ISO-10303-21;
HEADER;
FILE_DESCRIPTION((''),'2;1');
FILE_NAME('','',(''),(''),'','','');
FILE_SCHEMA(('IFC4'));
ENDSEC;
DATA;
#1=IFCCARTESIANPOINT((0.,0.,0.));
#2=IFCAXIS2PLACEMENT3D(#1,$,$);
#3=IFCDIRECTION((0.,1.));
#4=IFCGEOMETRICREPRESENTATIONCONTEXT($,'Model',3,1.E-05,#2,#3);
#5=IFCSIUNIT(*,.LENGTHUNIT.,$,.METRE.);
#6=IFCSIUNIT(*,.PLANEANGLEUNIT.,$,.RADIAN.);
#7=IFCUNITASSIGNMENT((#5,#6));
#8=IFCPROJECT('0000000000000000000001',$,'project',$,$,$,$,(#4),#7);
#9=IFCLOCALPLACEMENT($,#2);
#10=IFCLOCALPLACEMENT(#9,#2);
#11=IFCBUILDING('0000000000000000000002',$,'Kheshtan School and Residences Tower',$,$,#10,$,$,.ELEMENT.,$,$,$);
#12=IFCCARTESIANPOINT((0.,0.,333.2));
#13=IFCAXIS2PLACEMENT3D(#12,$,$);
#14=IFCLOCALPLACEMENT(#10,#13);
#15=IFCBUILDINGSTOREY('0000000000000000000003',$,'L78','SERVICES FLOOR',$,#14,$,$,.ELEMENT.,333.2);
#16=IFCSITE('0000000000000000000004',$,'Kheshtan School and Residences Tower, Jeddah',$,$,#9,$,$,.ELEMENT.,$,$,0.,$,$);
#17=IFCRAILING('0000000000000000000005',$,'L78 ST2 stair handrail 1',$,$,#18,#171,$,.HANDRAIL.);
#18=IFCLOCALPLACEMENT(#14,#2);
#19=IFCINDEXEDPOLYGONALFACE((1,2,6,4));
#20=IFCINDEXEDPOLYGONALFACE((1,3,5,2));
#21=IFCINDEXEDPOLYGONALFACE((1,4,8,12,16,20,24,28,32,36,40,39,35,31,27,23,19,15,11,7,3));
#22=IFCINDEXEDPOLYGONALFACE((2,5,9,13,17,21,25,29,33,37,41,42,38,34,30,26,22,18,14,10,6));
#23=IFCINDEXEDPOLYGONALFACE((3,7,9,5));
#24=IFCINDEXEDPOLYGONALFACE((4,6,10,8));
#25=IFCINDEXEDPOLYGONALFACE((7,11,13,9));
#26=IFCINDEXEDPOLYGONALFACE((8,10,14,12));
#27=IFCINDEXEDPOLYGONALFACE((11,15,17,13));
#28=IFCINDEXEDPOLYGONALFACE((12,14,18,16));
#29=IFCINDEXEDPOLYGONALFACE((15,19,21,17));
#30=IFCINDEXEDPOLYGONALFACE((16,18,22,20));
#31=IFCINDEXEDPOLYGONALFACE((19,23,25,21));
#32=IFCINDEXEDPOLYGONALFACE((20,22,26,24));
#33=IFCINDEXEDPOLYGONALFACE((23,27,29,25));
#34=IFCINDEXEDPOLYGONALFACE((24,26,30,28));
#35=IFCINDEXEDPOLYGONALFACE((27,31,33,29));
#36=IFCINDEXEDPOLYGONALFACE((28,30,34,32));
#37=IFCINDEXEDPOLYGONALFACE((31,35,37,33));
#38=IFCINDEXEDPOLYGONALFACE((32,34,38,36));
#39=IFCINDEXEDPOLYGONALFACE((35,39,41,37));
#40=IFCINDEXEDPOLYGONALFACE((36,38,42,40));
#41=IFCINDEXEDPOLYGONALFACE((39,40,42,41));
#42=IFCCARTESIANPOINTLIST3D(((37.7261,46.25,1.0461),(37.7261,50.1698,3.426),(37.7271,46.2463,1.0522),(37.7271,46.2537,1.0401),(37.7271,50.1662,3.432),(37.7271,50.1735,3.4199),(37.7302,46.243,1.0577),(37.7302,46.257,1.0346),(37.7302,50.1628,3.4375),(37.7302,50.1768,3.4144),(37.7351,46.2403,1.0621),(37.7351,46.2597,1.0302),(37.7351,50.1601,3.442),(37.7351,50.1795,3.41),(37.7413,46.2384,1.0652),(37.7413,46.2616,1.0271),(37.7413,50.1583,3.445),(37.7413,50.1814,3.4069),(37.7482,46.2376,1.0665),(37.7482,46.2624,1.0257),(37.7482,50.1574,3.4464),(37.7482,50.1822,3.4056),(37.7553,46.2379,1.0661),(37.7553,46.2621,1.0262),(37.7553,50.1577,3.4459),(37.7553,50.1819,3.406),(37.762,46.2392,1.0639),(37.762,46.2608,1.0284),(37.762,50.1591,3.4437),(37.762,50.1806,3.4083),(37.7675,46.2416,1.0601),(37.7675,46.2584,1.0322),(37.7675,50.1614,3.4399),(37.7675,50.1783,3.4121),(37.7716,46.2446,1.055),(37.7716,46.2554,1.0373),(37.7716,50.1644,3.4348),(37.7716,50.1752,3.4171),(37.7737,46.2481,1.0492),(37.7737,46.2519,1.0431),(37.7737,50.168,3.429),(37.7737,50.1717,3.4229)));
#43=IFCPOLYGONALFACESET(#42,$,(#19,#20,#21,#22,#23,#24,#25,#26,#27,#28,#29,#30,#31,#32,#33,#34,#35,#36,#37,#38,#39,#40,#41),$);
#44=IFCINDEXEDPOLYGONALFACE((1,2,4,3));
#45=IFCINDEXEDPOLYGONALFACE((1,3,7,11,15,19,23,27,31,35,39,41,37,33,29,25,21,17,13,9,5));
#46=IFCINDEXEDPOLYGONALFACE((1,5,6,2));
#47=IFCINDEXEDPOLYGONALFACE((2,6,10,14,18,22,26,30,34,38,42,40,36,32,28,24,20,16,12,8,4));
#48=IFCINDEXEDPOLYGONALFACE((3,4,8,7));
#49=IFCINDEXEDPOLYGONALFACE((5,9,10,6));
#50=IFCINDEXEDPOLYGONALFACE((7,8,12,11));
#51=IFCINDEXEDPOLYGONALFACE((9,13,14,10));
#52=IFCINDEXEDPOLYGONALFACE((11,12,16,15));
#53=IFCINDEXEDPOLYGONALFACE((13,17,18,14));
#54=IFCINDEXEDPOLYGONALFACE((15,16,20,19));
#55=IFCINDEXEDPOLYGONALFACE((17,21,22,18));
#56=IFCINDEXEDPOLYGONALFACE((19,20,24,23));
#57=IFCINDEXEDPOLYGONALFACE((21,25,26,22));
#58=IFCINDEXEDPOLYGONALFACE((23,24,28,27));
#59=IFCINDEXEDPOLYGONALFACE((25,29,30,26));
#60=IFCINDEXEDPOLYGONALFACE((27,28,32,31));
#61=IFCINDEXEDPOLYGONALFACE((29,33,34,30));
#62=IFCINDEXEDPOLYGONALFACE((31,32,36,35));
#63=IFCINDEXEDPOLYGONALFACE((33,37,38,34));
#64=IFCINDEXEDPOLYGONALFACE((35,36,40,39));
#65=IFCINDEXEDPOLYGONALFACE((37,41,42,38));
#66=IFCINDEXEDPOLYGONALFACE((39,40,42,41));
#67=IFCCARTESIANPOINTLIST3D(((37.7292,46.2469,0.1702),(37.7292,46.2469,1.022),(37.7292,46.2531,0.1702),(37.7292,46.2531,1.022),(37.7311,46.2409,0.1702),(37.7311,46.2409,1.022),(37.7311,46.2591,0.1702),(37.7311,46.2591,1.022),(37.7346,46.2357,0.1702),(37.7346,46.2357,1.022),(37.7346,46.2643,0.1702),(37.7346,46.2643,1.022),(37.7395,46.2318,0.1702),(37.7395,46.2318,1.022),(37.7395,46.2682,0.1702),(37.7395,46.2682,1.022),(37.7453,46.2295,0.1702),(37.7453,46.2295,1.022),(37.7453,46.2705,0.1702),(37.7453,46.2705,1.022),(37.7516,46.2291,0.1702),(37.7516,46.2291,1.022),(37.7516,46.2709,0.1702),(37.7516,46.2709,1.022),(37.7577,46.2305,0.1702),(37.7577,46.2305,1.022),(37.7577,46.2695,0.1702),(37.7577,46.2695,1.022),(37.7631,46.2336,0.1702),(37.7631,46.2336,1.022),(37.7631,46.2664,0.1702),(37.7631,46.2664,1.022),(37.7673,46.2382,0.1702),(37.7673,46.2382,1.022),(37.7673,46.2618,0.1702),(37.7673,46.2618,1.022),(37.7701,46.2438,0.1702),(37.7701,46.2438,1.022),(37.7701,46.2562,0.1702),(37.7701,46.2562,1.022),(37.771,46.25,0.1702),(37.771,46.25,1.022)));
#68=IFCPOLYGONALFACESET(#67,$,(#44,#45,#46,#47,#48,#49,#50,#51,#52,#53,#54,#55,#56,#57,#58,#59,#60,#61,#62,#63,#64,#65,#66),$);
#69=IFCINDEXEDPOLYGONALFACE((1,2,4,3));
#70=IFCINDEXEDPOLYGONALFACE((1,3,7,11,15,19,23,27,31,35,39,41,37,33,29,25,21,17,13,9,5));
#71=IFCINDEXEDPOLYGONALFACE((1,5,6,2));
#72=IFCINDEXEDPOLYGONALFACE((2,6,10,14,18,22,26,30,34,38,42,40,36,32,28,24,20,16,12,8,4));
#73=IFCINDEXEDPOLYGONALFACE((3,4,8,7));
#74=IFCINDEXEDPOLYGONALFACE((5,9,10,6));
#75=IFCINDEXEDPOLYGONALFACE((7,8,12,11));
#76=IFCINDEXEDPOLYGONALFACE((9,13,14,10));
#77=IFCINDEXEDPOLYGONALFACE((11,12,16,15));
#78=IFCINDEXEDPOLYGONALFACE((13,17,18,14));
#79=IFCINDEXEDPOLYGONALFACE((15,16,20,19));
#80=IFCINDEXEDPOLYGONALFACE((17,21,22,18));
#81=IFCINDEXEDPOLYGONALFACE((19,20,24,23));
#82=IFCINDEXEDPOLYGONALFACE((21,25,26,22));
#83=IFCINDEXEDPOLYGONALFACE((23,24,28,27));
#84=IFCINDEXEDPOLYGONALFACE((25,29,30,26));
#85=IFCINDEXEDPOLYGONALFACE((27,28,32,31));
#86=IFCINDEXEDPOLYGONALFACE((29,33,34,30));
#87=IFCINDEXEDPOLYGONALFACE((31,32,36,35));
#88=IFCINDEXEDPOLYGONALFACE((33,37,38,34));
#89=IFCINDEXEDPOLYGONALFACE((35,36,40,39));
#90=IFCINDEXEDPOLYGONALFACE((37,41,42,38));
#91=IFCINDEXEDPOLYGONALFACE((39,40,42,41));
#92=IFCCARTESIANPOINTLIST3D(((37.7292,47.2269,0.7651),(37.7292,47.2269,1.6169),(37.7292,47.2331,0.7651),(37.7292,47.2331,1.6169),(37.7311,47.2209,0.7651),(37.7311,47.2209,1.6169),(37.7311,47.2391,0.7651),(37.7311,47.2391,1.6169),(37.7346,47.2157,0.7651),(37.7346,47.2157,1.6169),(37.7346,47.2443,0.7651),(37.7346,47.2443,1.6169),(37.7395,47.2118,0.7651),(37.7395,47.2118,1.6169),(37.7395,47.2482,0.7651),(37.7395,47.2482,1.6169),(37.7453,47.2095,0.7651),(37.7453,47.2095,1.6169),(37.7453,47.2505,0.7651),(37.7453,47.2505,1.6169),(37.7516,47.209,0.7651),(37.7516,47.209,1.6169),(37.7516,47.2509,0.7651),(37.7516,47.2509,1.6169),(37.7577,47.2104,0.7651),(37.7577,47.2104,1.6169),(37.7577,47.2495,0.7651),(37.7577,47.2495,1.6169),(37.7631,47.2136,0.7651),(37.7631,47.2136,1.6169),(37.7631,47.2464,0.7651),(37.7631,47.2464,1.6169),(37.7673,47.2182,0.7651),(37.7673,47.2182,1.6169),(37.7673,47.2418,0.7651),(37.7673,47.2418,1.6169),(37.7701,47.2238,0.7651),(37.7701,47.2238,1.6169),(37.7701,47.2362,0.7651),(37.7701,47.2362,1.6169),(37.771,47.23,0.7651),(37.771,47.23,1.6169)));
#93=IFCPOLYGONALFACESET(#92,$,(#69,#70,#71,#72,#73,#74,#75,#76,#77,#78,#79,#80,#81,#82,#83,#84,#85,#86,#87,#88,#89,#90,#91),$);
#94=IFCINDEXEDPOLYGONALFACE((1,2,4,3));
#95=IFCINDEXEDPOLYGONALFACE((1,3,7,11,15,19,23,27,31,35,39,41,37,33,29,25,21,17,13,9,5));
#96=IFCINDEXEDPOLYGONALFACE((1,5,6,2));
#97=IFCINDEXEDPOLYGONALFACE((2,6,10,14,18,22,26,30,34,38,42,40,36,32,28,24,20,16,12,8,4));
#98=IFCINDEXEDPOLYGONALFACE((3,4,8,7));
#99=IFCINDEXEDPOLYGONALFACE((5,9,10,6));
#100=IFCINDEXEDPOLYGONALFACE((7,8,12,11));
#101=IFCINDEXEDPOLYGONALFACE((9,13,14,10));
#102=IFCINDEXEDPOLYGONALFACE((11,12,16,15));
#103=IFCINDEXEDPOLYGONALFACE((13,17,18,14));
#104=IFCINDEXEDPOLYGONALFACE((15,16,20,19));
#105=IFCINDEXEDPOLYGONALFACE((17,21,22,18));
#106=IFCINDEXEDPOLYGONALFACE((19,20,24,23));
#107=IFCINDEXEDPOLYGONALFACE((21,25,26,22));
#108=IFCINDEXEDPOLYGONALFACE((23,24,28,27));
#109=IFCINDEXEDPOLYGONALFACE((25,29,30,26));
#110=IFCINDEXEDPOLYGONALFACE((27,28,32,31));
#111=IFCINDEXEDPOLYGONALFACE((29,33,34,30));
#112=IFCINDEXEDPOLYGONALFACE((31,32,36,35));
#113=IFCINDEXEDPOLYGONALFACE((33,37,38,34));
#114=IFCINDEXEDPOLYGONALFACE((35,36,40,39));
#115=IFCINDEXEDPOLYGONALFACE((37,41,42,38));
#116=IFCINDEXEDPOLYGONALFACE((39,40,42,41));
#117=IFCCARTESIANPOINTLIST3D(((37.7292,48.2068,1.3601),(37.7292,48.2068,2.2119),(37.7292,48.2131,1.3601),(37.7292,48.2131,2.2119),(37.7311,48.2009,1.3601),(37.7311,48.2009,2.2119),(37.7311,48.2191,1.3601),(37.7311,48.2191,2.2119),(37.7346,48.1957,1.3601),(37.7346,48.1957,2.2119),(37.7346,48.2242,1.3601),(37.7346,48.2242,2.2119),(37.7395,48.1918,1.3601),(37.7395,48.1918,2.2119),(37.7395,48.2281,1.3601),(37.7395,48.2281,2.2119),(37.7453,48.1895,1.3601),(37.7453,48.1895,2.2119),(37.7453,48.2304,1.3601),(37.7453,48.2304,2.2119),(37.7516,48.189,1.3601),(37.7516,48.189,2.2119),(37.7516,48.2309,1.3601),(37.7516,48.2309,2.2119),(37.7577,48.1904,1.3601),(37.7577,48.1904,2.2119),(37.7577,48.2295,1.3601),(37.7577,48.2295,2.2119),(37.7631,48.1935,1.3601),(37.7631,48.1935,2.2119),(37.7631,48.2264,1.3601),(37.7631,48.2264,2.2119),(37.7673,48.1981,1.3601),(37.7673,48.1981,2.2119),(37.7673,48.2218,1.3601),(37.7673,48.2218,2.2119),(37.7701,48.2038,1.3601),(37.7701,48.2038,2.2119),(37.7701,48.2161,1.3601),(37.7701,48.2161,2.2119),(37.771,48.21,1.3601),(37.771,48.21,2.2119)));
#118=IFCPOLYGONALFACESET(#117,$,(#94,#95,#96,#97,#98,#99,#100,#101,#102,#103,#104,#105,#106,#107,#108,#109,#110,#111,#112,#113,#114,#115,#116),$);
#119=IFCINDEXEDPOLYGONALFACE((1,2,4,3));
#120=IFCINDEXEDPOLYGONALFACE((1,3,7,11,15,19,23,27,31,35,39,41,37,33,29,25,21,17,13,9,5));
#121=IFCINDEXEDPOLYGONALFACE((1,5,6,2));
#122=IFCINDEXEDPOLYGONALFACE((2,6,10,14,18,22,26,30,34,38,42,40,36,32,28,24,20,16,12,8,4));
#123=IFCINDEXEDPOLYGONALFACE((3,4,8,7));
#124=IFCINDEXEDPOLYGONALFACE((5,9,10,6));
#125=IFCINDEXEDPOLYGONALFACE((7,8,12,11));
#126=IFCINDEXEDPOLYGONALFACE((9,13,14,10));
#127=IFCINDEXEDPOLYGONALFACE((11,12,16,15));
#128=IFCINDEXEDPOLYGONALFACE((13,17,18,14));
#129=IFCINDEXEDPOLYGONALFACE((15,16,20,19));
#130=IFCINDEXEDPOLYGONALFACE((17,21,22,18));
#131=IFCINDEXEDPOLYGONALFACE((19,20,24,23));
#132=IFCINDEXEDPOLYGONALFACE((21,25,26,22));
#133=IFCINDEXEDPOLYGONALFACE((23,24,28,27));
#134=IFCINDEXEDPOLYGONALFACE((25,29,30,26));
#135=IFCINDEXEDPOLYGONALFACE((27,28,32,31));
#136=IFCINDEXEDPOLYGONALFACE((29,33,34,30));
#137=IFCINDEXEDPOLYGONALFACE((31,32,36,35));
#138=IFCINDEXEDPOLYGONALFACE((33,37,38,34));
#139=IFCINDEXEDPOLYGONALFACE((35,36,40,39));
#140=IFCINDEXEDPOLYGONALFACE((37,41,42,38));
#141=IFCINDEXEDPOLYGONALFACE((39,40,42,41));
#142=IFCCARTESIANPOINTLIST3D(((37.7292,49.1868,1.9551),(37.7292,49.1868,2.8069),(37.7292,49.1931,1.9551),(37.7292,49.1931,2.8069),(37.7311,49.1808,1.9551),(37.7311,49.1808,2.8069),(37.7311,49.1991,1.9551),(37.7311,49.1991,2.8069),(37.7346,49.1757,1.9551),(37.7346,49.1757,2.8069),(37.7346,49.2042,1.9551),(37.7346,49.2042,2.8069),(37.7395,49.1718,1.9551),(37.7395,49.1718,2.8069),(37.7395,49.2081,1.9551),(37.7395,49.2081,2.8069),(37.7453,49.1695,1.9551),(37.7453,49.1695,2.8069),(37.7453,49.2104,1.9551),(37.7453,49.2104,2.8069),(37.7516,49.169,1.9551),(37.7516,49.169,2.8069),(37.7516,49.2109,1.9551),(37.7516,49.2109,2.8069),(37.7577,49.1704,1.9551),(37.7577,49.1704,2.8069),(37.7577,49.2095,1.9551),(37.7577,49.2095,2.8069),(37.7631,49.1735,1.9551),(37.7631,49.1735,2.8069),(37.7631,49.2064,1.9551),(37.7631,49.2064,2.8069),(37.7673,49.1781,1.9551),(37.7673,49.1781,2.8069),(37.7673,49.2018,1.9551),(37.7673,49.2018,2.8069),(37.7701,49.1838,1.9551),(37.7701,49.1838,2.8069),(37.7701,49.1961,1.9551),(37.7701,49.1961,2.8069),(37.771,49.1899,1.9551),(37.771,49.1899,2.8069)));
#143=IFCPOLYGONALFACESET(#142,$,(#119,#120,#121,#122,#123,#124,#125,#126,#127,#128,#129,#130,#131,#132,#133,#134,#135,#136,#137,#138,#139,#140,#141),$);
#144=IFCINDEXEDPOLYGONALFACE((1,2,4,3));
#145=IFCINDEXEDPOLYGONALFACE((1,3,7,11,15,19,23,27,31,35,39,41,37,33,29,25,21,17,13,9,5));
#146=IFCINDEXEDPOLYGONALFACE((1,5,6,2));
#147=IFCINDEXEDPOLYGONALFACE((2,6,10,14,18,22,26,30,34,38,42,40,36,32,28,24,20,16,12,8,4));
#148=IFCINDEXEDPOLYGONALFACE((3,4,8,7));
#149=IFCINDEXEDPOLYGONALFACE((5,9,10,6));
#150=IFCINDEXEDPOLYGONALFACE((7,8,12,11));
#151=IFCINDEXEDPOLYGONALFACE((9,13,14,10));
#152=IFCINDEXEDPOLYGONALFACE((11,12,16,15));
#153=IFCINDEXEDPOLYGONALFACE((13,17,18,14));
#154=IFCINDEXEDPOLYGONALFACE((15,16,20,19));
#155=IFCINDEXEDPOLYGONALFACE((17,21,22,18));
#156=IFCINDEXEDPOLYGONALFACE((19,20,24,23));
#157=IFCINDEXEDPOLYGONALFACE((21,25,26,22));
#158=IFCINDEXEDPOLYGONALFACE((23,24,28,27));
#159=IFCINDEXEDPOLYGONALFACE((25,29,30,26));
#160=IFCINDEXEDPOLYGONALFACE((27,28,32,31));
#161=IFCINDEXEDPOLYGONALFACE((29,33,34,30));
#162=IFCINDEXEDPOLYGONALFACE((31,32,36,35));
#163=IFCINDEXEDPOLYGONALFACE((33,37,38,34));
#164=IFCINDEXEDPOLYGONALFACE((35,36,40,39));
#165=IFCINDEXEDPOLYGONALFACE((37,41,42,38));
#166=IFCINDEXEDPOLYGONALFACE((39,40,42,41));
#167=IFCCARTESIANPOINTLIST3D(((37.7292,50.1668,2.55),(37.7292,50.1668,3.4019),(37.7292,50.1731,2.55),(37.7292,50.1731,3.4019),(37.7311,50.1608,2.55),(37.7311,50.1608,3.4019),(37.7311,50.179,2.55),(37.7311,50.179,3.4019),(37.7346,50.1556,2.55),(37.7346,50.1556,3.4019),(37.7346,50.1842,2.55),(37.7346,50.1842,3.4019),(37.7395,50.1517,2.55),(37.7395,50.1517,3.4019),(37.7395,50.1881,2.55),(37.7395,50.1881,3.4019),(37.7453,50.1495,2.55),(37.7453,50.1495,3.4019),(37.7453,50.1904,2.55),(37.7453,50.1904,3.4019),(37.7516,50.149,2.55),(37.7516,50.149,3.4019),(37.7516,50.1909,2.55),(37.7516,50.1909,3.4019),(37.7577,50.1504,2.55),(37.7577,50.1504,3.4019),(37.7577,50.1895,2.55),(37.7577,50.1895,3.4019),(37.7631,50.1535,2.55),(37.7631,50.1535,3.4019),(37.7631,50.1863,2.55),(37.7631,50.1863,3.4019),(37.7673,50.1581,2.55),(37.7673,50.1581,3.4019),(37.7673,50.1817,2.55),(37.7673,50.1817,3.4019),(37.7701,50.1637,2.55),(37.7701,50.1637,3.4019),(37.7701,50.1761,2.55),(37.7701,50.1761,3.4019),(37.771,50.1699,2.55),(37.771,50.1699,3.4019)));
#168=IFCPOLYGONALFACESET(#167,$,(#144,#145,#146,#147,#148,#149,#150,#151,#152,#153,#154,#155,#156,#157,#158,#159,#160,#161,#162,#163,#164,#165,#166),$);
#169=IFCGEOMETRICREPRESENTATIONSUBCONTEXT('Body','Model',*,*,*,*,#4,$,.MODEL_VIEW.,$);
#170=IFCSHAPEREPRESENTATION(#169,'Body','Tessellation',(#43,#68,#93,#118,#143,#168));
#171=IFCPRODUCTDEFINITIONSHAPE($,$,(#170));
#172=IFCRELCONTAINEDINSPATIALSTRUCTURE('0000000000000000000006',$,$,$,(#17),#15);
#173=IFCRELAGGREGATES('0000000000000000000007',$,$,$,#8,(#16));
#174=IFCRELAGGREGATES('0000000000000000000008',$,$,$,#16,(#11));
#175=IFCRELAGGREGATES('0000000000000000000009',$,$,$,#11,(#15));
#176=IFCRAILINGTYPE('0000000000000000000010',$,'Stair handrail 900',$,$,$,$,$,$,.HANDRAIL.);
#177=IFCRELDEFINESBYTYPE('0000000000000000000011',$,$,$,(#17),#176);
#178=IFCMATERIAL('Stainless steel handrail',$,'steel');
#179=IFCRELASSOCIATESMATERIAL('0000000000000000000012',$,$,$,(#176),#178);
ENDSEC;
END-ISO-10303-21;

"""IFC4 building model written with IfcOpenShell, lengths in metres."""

from ifc_helpers import new_model, si_unit, direction, frame, origin, origin_2d, place, context, subcontext, project, spatial, circle, extrude, material, type_object, element, save


model = new_model("IFC4")

# Units and contexts
model_context = context("Model", 3, precision=1e-05, world=origin(), true_north=direction((0.0, 1.0)))
body_context = subcontext(model_context, "Body", "Model", "MODEL_VIEW")
ifc_project = project(units=[si_unit("LENGTHUNIT", "METRE"), si_unit("PLANEANGLEUNIT", "RADIAN")], contexts=[model_context])

# Site, building, storey
site_placement = place(None, origin())
site = spatial("IfcSite", under=ifc_project, at=site_placement, Name="Kheshtan School and Residences Tower, Jeddah", CompositionType="ELEMENT", RefElevation=0.0)
building_placement = place(site_placement, origin())
building = spatial("IfcBuilding", under=site, at=building_placement, Name="Kheshtan School and Residences Tower", CompositionType="ELEMENT")
storey_placement = place(building_placement, frame((0.0, 0.0, 333.2)))
storey = spatial("IfcBuildingStorey", under=building, at=storey_placement, Name="L78", Description="SERVICES FLOOR", CompositionType="ELEMENT", Elevation=333.2)

# Railing
ifc_material_1 = material(Name="Stainless steel handrail", Category="steel")
railing_type_1 = type_object("IfcRailingType", Name="Stair handrail 900", PredefinedType="HANDRAIL", material=ifc_material_1)
railing_1_placement = place(storey_placement, frame((37.75, 46.25, 0.1702)))
element("IfcRailing", 1, at=railing_1_placement, inside=storey, type_object=railing_type_1, Name="L78 ST2 stair handrail 1", PredefinedType="HANDRAIL", context=body_context, shape_type="SweptSolid", body=[
    extrude(circle(Radius=0.0239, at=origin_2d()), frame((0.0, 0.0, 0.876), z_axis=(0.0, 0.854794, 0.518967), x_axis=(-1.0, 0.0, 0.0)), (0.0, 0.0, 1.0), 4.5857),
    extrude(circle(Radius=0.021, at=origin_2d()), origin(), (0.0, 0.0, 1.0), 0.8518),
    extrude(circle(Radius=0.021, at=origin_2d()), frame((0.0, 0.98, 0.595)), (0.0, 0.0, 1.0), 0.8518),
    extrude(circle(Radius=0.021, at=origin_2d()), frame((0.0, 1.96, 1.1899)), (0.0, 0.0, 1.0), 0.8518),
    extrude(circle(Radius=0.021, at=origin_2d()), frame((0.0, 2.9399, 1.7849)), (0.0, 0.0, 1.0), 0.8518),
    extrude(circle(Radius=0.021, at=origin_2d()), frame((0.0, 3.9199, 2.3799)), (0.0, 0.0, 1.0), 0.8518),
])

save(model, "model.ifc")
